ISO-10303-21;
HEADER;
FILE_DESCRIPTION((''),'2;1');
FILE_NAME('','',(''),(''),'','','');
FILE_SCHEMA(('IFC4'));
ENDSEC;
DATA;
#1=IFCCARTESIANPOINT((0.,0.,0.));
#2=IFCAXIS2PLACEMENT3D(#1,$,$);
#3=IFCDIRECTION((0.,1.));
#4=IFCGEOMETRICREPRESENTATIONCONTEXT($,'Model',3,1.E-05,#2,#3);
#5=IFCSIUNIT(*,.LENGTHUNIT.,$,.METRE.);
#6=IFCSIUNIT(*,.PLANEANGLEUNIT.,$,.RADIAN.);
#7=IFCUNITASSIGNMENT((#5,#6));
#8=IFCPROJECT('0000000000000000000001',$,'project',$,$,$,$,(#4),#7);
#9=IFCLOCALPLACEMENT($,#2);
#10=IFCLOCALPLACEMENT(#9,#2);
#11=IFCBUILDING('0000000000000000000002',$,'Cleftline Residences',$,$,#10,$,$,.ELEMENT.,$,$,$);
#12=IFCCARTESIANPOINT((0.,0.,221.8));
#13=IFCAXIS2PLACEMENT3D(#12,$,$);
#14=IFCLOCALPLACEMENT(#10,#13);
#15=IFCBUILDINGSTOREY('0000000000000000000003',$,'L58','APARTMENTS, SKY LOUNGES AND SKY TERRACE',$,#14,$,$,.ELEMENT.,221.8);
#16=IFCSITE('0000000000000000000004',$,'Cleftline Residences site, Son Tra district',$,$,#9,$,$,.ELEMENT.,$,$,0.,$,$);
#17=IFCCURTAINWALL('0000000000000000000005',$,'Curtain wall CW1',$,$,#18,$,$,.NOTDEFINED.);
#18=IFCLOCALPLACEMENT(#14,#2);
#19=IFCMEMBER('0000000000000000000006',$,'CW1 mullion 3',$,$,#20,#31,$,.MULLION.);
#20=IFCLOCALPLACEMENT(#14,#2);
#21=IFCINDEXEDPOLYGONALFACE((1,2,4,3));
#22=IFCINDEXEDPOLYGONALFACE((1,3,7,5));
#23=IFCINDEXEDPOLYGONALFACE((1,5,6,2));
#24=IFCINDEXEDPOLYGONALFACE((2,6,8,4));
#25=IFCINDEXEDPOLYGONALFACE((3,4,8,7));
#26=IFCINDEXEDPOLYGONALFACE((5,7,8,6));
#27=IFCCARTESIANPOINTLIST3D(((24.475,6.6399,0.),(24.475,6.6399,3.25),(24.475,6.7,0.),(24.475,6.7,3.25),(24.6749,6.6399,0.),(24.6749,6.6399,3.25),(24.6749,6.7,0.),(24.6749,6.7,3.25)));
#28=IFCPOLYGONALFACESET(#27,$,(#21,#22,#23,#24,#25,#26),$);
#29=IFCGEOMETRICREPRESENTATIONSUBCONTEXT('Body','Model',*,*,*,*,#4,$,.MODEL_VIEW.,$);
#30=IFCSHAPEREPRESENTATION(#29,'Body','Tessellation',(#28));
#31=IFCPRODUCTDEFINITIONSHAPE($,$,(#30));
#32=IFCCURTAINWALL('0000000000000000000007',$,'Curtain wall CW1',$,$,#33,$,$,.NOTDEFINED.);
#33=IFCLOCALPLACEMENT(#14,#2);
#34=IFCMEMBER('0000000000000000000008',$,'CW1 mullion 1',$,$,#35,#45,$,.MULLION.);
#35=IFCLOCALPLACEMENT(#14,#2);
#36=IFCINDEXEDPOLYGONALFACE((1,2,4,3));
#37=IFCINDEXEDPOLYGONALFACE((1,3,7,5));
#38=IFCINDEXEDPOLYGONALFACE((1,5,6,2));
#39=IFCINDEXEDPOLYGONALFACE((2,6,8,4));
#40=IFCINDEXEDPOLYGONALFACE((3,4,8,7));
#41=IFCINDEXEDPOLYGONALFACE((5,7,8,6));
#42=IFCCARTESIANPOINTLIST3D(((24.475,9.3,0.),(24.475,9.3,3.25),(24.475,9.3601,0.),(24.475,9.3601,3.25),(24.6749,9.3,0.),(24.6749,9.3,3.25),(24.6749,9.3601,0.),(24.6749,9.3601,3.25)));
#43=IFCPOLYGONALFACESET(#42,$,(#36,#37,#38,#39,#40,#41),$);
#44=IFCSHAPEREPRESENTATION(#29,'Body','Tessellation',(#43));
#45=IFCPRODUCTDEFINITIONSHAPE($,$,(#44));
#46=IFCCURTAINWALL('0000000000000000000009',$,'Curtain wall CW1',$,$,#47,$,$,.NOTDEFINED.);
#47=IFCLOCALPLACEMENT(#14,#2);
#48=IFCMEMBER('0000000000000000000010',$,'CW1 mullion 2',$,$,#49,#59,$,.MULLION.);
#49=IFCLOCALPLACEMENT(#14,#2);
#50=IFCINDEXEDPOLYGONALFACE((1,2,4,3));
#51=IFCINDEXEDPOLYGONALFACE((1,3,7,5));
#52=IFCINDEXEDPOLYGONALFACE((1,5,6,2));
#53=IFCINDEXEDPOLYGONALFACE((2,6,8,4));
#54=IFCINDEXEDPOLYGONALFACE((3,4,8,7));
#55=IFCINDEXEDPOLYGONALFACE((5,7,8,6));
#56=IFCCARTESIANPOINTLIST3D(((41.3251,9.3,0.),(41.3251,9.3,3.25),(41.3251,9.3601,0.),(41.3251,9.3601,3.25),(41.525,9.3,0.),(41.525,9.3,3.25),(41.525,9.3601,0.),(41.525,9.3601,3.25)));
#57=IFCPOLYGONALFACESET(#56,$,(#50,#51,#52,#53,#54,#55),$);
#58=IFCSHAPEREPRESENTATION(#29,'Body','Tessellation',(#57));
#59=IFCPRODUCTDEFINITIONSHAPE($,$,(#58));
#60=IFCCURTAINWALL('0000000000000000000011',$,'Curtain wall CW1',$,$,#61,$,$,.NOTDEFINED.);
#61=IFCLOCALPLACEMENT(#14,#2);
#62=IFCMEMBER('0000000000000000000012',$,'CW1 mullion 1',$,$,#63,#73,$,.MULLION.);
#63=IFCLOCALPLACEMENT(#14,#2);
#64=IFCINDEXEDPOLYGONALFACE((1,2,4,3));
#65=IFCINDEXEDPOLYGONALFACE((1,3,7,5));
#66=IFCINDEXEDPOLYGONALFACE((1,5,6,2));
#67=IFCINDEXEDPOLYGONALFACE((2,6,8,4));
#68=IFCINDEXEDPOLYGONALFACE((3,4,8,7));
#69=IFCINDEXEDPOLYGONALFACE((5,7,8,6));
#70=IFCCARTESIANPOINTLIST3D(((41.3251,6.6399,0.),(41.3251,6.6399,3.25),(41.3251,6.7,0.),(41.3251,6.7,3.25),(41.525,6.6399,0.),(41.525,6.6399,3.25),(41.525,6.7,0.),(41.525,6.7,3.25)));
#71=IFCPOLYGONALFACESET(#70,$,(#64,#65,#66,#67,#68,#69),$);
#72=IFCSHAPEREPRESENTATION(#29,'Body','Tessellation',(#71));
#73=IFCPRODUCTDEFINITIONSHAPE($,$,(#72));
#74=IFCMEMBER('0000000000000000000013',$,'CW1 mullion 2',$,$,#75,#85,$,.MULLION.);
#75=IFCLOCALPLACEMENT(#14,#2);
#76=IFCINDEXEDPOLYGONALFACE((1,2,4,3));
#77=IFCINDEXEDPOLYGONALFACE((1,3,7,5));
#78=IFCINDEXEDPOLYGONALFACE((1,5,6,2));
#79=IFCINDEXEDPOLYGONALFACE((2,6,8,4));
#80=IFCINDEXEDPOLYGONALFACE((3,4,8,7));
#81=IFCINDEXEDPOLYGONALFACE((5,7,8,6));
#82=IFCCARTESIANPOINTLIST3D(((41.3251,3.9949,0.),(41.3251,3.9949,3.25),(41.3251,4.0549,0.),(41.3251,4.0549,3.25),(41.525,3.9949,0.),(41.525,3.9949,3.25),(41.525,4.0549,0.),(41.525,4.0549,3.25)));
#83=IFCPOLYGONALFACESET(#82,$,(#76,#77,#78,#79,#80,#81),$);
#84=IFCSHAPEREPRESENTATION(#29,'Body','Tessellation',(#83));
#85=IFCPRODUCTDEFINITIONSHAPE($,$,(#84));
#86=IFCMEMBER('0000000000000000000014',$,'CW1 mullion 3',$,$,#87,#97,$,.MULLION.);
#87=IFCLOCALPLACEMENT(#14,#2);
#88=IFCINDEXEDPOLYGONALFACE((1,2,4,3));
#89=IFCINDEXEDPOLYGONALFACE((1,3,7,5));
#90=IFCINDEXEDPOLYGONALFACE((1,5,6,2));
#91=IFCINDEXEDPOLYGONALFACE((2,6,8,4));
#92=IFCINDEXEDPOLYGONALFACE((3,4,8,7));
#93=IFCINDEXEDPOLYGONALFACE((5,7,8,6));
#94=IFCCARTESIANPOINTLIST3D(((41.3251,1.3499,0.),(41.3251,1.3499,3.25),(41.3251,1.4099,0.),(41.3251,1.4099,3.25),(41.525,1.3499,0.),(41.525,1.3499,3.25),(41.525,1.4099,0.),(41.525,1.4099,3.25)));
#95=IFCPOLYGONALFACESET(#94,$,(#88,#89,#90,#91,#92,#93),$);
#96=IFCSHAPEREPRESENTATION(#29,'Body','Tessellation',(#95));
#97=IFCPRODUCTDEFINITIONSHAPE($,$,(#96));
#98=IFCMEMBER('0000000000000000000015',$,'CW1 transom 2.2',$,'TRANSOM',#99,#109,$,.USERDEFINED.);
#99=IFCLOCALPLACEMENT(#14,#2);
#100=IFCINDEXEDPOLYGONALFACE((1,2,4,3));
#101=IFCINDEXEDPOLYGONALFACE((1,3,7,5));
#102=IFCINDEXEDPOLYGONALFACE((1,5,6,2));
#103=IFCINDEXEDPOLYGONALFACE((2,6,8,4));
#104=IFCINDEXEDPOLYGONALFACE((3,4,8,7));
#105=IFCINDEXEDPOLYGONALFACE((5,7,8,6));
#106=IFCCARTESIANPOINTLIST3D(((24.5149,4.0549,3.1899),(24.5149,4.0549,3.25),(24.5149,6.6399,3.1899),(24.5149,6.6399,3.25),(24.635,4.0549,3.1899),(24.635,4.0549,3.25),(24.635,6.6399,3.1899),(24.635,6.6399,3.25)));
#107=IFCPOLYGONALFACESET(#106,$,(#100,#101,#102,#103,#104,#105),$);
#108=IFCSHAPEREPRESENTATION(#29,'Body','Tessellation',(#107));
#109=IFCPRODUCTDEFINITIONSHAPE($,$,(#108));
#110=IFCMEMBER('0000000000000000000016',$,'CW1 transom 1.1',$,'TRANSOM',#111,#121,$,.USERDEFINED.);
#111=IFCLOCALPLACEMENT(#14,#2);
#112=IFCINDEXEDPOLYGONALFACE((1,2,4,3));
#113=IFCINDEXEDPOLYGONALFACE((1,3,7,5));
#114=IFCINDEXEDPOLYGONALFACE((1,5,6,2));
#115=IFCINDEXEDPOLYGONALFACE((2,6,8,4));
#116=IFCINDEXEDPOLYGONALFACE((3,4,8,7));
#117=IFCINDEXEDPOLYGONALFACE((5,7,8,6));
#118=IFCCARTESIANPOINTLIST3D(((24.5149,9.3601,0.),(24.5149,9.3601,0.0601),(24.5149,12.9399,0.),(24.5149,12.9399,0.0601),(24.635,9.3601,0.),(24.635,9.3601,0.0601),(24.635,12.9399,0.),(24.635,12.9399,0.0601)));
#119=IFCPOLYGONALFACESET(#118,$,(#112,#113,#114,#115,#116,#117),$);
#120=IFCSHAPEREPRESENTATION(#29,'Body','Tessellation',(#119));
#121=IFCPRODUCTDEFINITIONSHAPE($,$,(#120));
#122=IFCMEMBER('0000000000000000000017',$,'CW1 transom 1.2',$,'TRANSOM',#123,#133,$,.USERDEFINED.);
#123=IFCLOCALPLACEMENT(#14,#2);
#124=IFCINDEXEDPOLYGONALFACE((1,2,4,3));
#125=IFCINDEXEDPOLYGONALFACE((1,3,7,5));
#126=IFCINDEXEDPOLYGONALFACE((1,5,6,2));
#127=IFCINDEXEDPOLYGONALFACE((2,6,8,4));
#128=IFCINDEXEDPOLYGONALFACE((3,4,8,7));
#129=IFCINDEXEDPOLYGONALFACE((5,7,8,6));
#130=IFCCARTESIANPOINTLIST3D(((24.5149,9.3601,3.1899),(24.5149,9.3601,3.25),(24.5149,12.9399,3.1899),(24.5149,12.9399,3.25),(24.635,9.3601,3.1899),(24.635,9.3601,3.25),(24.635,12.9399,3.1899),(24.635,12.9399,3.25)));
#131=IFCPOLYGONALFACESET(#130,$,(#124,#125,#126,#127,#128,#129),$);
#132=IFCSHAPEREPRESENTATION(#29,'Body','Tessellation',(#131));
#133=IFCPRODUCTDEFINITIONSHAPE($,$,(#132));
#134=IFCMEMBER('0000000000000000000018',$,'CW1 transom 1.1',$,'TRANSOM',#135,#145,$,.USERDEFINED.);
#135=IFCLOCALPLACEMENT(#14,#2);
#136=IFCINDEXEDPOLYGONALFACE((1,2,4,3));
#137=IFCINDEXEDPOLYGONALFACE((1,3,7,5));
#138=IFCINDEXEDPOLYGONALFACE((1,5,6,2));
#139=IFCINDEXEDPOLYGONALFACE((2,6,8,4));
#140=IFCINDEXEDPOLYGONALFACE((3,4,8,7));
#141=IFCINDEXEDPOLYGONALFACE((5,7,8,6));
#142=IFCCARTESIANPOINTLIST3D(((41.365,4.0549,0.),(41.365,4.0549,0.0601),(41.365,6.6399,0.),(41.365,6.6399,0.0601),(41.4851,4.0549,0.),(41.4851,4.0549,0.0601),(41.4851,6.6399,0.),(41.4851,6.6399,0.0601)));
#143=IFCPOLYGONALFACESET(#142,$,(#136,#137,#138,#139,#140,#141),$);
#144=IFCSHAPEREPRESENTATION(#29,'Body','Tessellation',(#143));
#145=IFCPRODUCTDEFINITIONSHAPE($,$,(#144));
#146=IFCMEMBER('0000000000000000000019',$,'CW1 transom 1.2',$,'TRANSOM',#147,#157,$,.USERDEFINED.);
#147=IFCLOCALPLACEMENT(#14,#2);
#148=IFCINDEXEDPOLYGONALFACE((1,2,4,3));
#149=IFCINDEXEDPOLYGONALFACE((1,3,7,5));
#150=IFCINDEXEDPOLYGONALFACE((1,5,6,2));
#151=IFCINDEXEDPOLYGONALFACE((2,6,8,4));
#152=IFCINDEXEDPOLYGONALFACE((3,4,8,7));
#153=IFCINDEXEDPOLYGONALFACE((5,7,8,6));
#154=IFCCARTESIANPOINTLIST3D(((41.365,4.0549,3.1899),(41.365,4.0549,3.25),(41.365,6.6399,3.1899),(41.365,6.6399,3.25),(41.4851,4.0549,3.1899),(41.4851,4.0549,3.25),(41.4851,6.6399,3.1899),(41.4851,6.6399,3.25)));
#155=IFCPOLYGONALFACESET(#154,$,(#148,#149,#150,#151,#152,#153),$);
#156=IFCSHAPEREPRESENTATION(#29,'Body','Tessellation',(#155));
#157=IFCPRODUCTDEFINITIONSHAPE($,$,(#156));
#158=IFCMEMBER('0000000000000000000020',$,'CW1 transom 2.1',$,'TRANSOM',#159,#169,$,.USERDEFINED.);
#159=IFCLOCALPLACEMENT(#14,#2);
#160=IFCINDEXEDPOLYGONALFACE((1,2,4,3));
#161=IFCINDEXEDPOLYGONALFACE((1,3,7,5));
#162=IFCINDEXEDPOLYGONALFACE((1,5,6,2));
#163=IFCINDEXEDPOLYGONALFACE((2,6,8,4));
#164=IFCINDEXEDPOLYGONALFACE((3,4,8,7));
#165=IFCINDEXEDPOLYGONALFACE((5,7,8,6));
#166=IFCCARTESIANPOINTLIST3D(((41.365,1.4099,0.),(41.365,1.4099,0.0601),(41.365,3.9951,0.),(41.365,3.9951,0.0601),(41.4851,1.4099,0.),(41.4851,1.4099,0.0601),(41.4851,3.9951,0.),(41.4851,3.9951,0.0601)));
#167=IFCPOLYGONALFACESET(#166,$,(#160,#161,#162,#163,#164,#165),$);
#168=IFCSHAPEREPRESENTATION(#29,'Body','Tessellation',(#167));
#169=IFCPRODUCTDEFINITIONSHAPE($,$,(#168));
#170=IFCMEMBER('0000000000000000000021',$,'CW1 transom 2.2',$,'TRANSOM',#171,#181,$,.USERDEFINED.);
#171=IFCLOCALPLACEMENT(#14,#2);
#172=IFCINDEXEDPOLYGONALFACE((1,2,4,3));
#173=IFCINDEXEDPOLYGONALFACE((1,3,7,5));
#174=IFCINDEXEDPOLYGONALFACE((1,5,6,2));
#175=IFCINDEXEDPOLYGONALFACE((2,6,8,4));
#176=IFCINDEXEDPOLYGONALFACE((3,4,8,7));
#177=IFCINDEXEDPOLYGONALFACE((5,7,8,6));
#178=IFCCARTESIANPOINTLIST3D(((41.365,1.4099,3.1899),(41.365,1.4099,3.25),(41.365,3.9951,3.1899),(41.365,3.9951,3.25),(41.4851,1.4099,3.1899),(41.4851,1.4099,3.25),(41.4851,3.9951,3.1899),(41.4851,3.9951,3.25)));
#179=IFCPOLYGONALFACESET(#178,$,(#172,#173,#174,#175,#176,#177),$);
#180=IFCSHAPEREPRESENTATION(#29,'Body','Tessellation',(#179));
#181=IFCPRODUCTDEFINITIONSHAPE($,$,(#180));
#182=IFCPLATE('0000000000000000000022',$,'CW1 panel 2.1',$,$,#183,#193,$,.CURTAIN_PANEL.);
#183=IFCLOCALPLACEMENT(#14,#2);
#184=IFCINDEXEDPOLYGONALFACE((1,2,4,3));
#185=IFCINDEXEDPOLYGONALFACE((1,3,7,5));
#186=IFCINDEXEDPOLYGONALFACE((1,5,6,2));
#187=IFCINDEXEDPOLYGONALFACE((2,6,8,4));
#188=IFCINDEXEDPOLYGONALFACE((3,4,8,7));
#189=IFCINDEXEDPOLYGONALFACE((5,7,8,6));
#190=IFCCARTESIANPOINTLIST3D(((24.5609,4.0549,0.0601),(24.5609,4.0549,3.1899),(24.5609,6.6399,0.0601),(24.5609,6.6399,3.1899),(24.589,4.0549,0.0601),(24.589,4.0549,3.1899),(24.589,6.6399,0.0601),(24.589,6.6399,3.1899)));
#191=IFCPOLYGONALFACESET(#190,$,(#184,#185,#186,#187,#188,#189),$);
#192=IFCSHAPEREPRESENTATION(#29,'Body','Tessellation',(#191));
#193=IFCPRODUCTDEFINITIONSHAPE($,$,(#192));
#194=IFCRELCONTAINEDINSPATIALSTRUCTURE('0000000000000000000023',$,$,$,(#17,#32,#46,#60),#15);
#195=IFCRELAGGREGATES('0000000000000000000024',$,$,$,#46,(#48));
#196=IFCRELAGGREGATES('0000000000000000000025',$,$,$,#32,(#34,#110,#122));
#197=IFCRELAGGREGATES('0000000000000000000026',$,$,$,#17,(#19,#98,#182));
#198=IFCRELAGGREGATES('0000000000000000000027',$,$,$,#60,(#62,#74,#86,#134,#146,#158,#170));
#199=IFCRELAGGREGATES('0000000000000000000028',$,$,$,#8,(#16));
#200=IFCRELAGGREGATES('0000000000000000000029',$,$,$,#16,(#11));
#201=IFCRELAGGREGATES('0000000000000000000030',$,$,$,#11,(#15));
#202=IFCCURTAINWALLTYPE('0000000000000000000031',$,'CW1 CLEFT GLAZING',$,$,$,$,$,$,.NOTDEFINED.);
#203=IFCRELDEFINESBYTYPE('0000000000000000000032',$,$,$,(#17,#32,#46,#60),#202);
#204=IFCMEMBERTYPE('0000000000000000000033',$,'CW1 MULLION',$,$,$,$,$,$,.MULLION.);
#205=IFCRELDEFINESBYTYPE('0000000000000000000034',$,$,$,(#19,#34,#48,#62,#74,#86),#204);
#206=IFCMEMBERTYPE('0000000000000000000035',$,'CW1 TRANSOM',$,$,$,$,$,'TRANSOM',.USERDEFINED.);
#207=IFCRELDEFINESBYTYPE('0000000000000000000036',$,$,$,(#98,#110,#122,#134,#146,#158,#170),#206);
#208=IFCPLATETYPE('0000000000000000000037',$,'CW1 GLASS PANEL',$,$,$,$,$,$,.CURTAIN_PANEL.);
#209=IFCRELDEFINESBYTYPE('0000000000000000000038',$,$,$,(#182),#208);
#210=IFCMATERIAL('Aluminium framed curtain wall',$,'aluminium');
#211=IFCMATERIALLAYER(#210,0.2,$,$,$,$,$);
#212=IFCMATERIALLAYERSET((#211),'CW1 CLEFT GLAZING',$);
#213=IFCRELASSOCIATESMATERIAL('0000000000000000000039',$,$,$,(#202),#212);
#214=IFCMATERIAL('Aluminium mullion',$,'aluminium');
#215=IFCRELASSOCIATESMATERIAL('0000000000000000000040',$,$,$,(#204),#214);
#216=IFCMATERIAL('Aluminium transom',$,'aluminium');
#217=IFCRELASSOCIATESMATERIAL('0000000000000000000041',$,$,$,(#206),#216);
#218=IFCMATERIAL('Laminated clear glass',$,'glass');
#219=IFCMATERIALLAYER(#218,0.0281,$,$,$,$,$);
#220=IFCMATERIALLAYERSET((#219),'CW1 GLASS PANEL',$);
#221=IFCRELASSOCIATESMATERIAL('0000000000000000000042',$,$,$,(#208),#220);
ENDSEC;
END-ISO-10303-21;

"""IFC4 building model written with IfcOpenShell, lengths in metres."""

from ifc_helpers import new_model, si_unit, direction, frame, origin, origin_2d, place, context, subcontext, project, spatial, rectangle, extrude, material, layer, layer_set, material_profile, profile_set, type_object, element, aggregate, save


model = new_model("IFC4")

# Units and contexts
model_context = context("Model", 3, precision=1e-05, world=origin(), true_north=direction((0.0, 1.0)))
body_context = subcontext(model_context, "Body", "Model", "MODEL_VIEW")
ifc_project = project(units=[si_unit("LENGTHUNIT", "METRE"), si_unit("PLANEANGLEUNIT", "RADIAN")], contexts=[model_context])

# Site, building, storey
site_placement = place(None, origin())
site = spatial("IfcSite", under=ifc_project, at=site_placement, Name="Cleftline Residences site, Son Tra district", CompositionType="ELEMENT", RefElevation=0.0)
building_placement = place(site_placement, origin())
building = spatial("IfcBuilding", under=site, at=building_placement, Name="Cleftline Residences", CompositionType="ELEMENT")
storey_placement = place(building_placement, frame((0.0, 0.0, 221.8)))
storey = spatial("IfcBuildingStorey", under=building, at=storey_placement, Name="L58", Description="APARTMENTS, SKY LOUNGES AND SKY TERRACE", CompositionType="ELEMENT", Elevation=221.8)

# Curtain walls, members
ifc_material_1 = material(Name="Aluminium framed curtain wall", Category="aluminium")
ifc_layer_1 = layer(ifc_material_1, 0.2)
ifc_layer_set_1 = layer_set([ifc_layer_1], Name="CW1 CLEFT GLAZING")
curtain_wall_type = type_object("IfcCurtainWallType", Name="CW1 CLEFT GLAZING", PredefinedType="NOTDEFINED", material=ifc_layer_set_1)
curtain_wall_1_placement = place(storey_placement, origin())
curtain_wall_1 = element("IfcCurtainWall", 1, at=curtain_wall_1_placement, inside=storey, type_object=curtain_wall_type, Name="Curtain wall CW1", PredefinedType="NOTDEFINED")
ifc_material_2 = material(Name="Aluminium mullion", Category="aluminium")
ifc_material_profile_1 = material_profile(ifc_material_2, rectangle(XDim=0.2, YDim=0.0601, at=origin_2d()))
ifc_profile_set_1 = profile_set([ifc_material_profile_1], Name="Aluminium mullion")
member_type_1 = type_object("IfcMemberType", Name="CW1 MULLION", PredefinedType="MULLION", material=ifc_profile_set_1)
member_1_placement = place(storey_placement, frame((24.575, 6.6699, 0.0), z_axis=(0.0, 0.0, 1.0), x_axis=(-1.0, 0.0, 0.0)))
member_1 = element("IfcMember", 2, at=member_1_placement, type_object=member_type_1, Name="CW1 mullion 3", PredefinedType="MULLION", context=body_context, shape_type="SweptSolid", body=[
    extrude(rectangle(XDim=0.2, YDim=0.0601, at=origin_2d()), origin(), (0.0, 0.0, 1.0), 3.25),
])
curtain_wall_2_placement = place(storey_placement, origin())
curtain_wall_2 = element("IfcCurtainWall", 3, at=curtain_wall_2_placement, inside=storey, type_object=curtain_wall_type, Name="Curtain wall CW1", PredefinedType="NOTDEFINED")
member_2_placement = place(storey_placement, frame((24.575, 9.3301, 0.0), z_axis=(0.0, 0.0, 1.0), x_axis=(-1.0, 0.0, 0.0)))
member_2 = element("IfcMember", 4, at=member_2_placement, type_object=member_type_1, Name="CW1 mullion 1", PredefinedType="MULLION", context=body_context, shape_type="SweptSolid", body=[
    extrude(rectangle(XDim=0.2, YDim=0.0601, at=origin_2d()), origin(), (0.0, 0.0, 1.0), 3.25),
])
curtain_wall_3_placement = place(storey_placement, origin())
curtain_wall_3 = element("IfcCurtainWall", 5, at=curtain_wall_3_placement, inside=storey, type_object=curtain_wall_type, Name="Curtain wall CW1", PredefinedType="NOTDEFINED")
member_3_placement = place(storey_placement, frame((41.425, 9.3301, 0.0), z_axis=(0.0, 0.0, 1.0), x_axis=(1.0, 0.0, 0.0)))
member_3 = element("IfcMember", 6, at=member_3_placement, type_object=member_type_1, Name="CW1 mullion 2", PredefinedType="MULLION", context=body_context, shape_type="SweptSolid", body=[
    extrude(rectangle(XDim=0.2, YDim=0.0601, at=origin_2d()), origin(), (0.0, 0.0, 1.0), 3.25),
])
aggregate(curtain_wall_3, [member_3])

# Curtain wall, members
curtain_wall_4_placement = place(storey_placement, origin())
curtain_wall_4 = element("IfcCurtainWall", 7, at=curtain_wall_4_placement, inside=storey, type_object=curtain_wall_type, Name="Curtain wall CW1", PredefinedType="NOTDEFINED")
member_4_placement = place(storey_placement, frame((41.425, 6.6699, 0.0), z_axis=(0.0, 0.0, 1.0), x_axis=(1.0, 0.0, 0.0)))
member_4 = element("IfcMember", 8, at=member_4_placement, type_object=member_type_1, Name="CW1 mullion 1", PredefinedType="MULLION", context=body_context, shape_type="SweptSolid", body=[
    extrude(rectangle(XDim=0.2, YDim=0.0601, at=origin_2d()), origin(), (0.0, 0.0, 1.0), 3.25),
])
member_5_placement = place(storey_placement, frame((41.425, 4.0249, 0.0), z_axis=(0.0, 0.0, 1.0), x_axis=(1.0, 0.0, 0.0)))
member_5 = element("IfcMember", 9, at=member_5_placement, type_object=member_type_1, Name="CW1 mullion 2", PredefinedType="MULLION", context=body_context, shape_type="SweptSolid", body=[
    extrude(rectangle(XDim=0.2, YDim=0.0601, at=origin_2d()), origin(), (0.0, 0.0, 1.0), 3.25),
])
member_6_placement = place(storey_placement, frame((41.425, 1.3799, 0.0), z_axis=(0.0, 0.0, 1.0), x_axis=(1.0, 0.0, 0.0)))
member_6 = element("IfcMember", 10, at=member_6_placement, type_object=member_type_1, Name="CW1 mullion 3", PredefinedType="MULLION", context=body_context, shape_type="SweptSolid", body=[
    extrude(rectangle(XDim=0.2, YDim=0.0601, at=origin_2d()), origin(), (0.0, 0.0, 1.0), 3.25),
])

# Members
ifc_material_3 = material(Name="Aluminium transom", Category="aluminium")
ifc_material_profile_2 = material_profile(ifc_material_3, rectangle(XDim=0.1201, YDim=0.0601, at=origin_2d()))
ifc_profile_set_2 = profile_set([ifc_material_profile_2], Name="Aluminium transom")
member_type_2 = type_object("IfcMemberType", Name="CW1 TRANSOM", ElementType="TRANSOM", PredefinedType="USERDEFINED", material=ifc_profile_set_2)
member_7_placement = place(storey_placement, frame((24.575, 4.0549, 3.22), z_axis=(0.0, 1.0, 0.0), x_axis=(-1.0, 0.0, 0.0)))
member_7 = element("IfcMember", 11, at=member_7_placement, type_object=member_type_2, Name="CW1 transom 2.2", ObjectType="TRANSOM", PredefinedType="USERDEFINED", context=body_context, shape_type="SweptSolid", body=[
    extrude(rectangle(XDim=0.1201, YDim=0.0601, at=origin_2d()), origin(), (0.0, 0.0, 1.0), 2.585),
])
member_8_placement = place(storey_placement, frame((24.575, 9.3601, 0.03), z_axis=(0.0, 1.0, 0.0), x_axis=(-1.0, 0.0, 0.0)))
member_8 = element("IfcMember", 12, at=member_8_placement, type_object=member_type_2, Name="CW1 transom 1.1", ObjectType="TRANSOM", PredefinedType="USERDEFINED", context=body_context, shape_type="SweptSolid", body=[
    extrude(rectangle(XDim=0.1201, YDim=0.0601, at=origin_2d()), origin(), (0.0, 0.0, 1.0), 3.5798),
])
member_9_placement = place(storey_placement, frame((24.575, 9.3601, 3.22), z_axis=(0.0, 1.0, 0.0), x_axis=(-1.0, 0.0, 0.0)))
member_9 = element("IfcMember", 13, at=member_9_placement, type_object=member_type_2, Name="CW1 transom 1.2", ObjectType="TRANSOM", PredefinedType="USERDEFINED", context=body_context, shape_type="SweptSolid", body=[
    extrude(rectangle(XDim=0.1201, YDim=0.0601, at=origin_2d()), origin(), (0.0, 0.0, 1.0), 3.5798),
])
aggregate(curtain_wall_2, [member_2, member_8, member_9])
member_10_placement = place(storey_placement, frame((41.425, 6.6399, 0.03), z_axis=(0.0, -1.0, 0.0), x_axis=(1.0, 0.0, 0.0)))
member_10 = element("IfcMember", 14, at=member_10_placement, type_object=member_type_2, Name="CW1 transom 1.1", ObjectType="TRANSOM", PredefinedType="USERDEFINED", context=body_context, shape_type="SweptSolid", body=[
    extrude(rectangle(XDim=0.1201, YDim=0.0601, at=origin_2d()), origin(), (0.0, 0.0, 1.0), 2.585),
])
member_11_placement = place(storey_placement, frame((41.425, 6.6399, 3.22), z_axis=(0.0, -1.0, 0.0), x_axis=(1.0, 0.0, 0.0)))
member_11 = element("IfcMember", 15, at=member_11_placement, type_object=member_type_2, Name="CW1 transom 1.2", ObjectType="TRANSOM", PredefinedType="USERDEFINED", context=body_context, shape_type="SweptSolid", body=[
    extrude(rectangle(XDim=0.1201, YDim=0.0601, at=origin_2d()), origin(), (0.0, 0.0, 1.0), 2.585),
])
member_12_placement = place(storey_placement, frame((41.425, 3.9951, 0.03), z_axis=(0.0, -1.0, 0.0), x_axis=(1.0, 0.0, 0.0)))
member_12 = element("IfcMember", 16, at=member_12_placement, type_object=member_type_2, Name="CW1 transom 2.1", ObjectType="TRANSOM", PredefinedType="USERDEFINED", context=body_context, shape_type="SweptSolid", body=[
    extrude(rectangle(XDim=0.1201, YDim=0.0601, at=origin_2d()), origin(), (0.0, 0.0, 1.0), 2.5852),
])
member_13_placement = place(storey_placement, frame((41.425, 3.9951, 3.22), z_axis=(0.0, -1.0, 0.0), x_axis=(1.0, 0.0, 0.0)))
member_13 = element("IfcMember", 17, at=member_13_placement, type_object=member_type_2, Name="CW1 transom 2.2", ObjectType="TRANSOM", PredefinedType="USERDEFINED", context=body_context, shape_type="SweptSolid", body=[
    extrude(rectangle(XDim=0.1201, YDim=0.0601, at=origin_2d()), origin(), (0.0, 0.0, 1.0), 2.5852),
])

# Plate
ifc_material_4 = material(Name="Laminated clear glass", Category="glass")
ifc_layer_2 = layer(ifc_material_4, 0.0281)
ifc_layer_set_2 = layer_set([ifc_layer_2], Name="CW1 GLASS PANEL")
plate_type_1 = type_object("IfcPlateType", Name="CW1 GLASS PANEL", PredefinedType="CURTAIN_PANEL", material=ifc_layer_set_2)
plate_1_placement = place(storey_placement, frame((24.575, 5.3474, 0.0601), z_axis=(0.0, 0.0, 1.0), x_axis=(0.0, 1.0, 0.0)))
plate_1 = element("IfcPlate", 18, at=plate_1_placement, type_object=plate_type_1, Name="CW1 panel 2.1", PredefinedType="CURTAIN_PANEL", context=body_context, shape_type="SweptSolid", body=[
    extrude(rectangle(XDim=2.585, YDim=0.0281, at=origin_2d()), origin(), (0.0, 0.0, 1.0), 3.1299),
])
aggregate(curtain_wall_1, [member_1, member_7, plate_1])
aggregate(curtain_wall_4, [member_4, member_5, member_6, member_10, member_11, member_12, member_13])

save(model, "model.ifc")
